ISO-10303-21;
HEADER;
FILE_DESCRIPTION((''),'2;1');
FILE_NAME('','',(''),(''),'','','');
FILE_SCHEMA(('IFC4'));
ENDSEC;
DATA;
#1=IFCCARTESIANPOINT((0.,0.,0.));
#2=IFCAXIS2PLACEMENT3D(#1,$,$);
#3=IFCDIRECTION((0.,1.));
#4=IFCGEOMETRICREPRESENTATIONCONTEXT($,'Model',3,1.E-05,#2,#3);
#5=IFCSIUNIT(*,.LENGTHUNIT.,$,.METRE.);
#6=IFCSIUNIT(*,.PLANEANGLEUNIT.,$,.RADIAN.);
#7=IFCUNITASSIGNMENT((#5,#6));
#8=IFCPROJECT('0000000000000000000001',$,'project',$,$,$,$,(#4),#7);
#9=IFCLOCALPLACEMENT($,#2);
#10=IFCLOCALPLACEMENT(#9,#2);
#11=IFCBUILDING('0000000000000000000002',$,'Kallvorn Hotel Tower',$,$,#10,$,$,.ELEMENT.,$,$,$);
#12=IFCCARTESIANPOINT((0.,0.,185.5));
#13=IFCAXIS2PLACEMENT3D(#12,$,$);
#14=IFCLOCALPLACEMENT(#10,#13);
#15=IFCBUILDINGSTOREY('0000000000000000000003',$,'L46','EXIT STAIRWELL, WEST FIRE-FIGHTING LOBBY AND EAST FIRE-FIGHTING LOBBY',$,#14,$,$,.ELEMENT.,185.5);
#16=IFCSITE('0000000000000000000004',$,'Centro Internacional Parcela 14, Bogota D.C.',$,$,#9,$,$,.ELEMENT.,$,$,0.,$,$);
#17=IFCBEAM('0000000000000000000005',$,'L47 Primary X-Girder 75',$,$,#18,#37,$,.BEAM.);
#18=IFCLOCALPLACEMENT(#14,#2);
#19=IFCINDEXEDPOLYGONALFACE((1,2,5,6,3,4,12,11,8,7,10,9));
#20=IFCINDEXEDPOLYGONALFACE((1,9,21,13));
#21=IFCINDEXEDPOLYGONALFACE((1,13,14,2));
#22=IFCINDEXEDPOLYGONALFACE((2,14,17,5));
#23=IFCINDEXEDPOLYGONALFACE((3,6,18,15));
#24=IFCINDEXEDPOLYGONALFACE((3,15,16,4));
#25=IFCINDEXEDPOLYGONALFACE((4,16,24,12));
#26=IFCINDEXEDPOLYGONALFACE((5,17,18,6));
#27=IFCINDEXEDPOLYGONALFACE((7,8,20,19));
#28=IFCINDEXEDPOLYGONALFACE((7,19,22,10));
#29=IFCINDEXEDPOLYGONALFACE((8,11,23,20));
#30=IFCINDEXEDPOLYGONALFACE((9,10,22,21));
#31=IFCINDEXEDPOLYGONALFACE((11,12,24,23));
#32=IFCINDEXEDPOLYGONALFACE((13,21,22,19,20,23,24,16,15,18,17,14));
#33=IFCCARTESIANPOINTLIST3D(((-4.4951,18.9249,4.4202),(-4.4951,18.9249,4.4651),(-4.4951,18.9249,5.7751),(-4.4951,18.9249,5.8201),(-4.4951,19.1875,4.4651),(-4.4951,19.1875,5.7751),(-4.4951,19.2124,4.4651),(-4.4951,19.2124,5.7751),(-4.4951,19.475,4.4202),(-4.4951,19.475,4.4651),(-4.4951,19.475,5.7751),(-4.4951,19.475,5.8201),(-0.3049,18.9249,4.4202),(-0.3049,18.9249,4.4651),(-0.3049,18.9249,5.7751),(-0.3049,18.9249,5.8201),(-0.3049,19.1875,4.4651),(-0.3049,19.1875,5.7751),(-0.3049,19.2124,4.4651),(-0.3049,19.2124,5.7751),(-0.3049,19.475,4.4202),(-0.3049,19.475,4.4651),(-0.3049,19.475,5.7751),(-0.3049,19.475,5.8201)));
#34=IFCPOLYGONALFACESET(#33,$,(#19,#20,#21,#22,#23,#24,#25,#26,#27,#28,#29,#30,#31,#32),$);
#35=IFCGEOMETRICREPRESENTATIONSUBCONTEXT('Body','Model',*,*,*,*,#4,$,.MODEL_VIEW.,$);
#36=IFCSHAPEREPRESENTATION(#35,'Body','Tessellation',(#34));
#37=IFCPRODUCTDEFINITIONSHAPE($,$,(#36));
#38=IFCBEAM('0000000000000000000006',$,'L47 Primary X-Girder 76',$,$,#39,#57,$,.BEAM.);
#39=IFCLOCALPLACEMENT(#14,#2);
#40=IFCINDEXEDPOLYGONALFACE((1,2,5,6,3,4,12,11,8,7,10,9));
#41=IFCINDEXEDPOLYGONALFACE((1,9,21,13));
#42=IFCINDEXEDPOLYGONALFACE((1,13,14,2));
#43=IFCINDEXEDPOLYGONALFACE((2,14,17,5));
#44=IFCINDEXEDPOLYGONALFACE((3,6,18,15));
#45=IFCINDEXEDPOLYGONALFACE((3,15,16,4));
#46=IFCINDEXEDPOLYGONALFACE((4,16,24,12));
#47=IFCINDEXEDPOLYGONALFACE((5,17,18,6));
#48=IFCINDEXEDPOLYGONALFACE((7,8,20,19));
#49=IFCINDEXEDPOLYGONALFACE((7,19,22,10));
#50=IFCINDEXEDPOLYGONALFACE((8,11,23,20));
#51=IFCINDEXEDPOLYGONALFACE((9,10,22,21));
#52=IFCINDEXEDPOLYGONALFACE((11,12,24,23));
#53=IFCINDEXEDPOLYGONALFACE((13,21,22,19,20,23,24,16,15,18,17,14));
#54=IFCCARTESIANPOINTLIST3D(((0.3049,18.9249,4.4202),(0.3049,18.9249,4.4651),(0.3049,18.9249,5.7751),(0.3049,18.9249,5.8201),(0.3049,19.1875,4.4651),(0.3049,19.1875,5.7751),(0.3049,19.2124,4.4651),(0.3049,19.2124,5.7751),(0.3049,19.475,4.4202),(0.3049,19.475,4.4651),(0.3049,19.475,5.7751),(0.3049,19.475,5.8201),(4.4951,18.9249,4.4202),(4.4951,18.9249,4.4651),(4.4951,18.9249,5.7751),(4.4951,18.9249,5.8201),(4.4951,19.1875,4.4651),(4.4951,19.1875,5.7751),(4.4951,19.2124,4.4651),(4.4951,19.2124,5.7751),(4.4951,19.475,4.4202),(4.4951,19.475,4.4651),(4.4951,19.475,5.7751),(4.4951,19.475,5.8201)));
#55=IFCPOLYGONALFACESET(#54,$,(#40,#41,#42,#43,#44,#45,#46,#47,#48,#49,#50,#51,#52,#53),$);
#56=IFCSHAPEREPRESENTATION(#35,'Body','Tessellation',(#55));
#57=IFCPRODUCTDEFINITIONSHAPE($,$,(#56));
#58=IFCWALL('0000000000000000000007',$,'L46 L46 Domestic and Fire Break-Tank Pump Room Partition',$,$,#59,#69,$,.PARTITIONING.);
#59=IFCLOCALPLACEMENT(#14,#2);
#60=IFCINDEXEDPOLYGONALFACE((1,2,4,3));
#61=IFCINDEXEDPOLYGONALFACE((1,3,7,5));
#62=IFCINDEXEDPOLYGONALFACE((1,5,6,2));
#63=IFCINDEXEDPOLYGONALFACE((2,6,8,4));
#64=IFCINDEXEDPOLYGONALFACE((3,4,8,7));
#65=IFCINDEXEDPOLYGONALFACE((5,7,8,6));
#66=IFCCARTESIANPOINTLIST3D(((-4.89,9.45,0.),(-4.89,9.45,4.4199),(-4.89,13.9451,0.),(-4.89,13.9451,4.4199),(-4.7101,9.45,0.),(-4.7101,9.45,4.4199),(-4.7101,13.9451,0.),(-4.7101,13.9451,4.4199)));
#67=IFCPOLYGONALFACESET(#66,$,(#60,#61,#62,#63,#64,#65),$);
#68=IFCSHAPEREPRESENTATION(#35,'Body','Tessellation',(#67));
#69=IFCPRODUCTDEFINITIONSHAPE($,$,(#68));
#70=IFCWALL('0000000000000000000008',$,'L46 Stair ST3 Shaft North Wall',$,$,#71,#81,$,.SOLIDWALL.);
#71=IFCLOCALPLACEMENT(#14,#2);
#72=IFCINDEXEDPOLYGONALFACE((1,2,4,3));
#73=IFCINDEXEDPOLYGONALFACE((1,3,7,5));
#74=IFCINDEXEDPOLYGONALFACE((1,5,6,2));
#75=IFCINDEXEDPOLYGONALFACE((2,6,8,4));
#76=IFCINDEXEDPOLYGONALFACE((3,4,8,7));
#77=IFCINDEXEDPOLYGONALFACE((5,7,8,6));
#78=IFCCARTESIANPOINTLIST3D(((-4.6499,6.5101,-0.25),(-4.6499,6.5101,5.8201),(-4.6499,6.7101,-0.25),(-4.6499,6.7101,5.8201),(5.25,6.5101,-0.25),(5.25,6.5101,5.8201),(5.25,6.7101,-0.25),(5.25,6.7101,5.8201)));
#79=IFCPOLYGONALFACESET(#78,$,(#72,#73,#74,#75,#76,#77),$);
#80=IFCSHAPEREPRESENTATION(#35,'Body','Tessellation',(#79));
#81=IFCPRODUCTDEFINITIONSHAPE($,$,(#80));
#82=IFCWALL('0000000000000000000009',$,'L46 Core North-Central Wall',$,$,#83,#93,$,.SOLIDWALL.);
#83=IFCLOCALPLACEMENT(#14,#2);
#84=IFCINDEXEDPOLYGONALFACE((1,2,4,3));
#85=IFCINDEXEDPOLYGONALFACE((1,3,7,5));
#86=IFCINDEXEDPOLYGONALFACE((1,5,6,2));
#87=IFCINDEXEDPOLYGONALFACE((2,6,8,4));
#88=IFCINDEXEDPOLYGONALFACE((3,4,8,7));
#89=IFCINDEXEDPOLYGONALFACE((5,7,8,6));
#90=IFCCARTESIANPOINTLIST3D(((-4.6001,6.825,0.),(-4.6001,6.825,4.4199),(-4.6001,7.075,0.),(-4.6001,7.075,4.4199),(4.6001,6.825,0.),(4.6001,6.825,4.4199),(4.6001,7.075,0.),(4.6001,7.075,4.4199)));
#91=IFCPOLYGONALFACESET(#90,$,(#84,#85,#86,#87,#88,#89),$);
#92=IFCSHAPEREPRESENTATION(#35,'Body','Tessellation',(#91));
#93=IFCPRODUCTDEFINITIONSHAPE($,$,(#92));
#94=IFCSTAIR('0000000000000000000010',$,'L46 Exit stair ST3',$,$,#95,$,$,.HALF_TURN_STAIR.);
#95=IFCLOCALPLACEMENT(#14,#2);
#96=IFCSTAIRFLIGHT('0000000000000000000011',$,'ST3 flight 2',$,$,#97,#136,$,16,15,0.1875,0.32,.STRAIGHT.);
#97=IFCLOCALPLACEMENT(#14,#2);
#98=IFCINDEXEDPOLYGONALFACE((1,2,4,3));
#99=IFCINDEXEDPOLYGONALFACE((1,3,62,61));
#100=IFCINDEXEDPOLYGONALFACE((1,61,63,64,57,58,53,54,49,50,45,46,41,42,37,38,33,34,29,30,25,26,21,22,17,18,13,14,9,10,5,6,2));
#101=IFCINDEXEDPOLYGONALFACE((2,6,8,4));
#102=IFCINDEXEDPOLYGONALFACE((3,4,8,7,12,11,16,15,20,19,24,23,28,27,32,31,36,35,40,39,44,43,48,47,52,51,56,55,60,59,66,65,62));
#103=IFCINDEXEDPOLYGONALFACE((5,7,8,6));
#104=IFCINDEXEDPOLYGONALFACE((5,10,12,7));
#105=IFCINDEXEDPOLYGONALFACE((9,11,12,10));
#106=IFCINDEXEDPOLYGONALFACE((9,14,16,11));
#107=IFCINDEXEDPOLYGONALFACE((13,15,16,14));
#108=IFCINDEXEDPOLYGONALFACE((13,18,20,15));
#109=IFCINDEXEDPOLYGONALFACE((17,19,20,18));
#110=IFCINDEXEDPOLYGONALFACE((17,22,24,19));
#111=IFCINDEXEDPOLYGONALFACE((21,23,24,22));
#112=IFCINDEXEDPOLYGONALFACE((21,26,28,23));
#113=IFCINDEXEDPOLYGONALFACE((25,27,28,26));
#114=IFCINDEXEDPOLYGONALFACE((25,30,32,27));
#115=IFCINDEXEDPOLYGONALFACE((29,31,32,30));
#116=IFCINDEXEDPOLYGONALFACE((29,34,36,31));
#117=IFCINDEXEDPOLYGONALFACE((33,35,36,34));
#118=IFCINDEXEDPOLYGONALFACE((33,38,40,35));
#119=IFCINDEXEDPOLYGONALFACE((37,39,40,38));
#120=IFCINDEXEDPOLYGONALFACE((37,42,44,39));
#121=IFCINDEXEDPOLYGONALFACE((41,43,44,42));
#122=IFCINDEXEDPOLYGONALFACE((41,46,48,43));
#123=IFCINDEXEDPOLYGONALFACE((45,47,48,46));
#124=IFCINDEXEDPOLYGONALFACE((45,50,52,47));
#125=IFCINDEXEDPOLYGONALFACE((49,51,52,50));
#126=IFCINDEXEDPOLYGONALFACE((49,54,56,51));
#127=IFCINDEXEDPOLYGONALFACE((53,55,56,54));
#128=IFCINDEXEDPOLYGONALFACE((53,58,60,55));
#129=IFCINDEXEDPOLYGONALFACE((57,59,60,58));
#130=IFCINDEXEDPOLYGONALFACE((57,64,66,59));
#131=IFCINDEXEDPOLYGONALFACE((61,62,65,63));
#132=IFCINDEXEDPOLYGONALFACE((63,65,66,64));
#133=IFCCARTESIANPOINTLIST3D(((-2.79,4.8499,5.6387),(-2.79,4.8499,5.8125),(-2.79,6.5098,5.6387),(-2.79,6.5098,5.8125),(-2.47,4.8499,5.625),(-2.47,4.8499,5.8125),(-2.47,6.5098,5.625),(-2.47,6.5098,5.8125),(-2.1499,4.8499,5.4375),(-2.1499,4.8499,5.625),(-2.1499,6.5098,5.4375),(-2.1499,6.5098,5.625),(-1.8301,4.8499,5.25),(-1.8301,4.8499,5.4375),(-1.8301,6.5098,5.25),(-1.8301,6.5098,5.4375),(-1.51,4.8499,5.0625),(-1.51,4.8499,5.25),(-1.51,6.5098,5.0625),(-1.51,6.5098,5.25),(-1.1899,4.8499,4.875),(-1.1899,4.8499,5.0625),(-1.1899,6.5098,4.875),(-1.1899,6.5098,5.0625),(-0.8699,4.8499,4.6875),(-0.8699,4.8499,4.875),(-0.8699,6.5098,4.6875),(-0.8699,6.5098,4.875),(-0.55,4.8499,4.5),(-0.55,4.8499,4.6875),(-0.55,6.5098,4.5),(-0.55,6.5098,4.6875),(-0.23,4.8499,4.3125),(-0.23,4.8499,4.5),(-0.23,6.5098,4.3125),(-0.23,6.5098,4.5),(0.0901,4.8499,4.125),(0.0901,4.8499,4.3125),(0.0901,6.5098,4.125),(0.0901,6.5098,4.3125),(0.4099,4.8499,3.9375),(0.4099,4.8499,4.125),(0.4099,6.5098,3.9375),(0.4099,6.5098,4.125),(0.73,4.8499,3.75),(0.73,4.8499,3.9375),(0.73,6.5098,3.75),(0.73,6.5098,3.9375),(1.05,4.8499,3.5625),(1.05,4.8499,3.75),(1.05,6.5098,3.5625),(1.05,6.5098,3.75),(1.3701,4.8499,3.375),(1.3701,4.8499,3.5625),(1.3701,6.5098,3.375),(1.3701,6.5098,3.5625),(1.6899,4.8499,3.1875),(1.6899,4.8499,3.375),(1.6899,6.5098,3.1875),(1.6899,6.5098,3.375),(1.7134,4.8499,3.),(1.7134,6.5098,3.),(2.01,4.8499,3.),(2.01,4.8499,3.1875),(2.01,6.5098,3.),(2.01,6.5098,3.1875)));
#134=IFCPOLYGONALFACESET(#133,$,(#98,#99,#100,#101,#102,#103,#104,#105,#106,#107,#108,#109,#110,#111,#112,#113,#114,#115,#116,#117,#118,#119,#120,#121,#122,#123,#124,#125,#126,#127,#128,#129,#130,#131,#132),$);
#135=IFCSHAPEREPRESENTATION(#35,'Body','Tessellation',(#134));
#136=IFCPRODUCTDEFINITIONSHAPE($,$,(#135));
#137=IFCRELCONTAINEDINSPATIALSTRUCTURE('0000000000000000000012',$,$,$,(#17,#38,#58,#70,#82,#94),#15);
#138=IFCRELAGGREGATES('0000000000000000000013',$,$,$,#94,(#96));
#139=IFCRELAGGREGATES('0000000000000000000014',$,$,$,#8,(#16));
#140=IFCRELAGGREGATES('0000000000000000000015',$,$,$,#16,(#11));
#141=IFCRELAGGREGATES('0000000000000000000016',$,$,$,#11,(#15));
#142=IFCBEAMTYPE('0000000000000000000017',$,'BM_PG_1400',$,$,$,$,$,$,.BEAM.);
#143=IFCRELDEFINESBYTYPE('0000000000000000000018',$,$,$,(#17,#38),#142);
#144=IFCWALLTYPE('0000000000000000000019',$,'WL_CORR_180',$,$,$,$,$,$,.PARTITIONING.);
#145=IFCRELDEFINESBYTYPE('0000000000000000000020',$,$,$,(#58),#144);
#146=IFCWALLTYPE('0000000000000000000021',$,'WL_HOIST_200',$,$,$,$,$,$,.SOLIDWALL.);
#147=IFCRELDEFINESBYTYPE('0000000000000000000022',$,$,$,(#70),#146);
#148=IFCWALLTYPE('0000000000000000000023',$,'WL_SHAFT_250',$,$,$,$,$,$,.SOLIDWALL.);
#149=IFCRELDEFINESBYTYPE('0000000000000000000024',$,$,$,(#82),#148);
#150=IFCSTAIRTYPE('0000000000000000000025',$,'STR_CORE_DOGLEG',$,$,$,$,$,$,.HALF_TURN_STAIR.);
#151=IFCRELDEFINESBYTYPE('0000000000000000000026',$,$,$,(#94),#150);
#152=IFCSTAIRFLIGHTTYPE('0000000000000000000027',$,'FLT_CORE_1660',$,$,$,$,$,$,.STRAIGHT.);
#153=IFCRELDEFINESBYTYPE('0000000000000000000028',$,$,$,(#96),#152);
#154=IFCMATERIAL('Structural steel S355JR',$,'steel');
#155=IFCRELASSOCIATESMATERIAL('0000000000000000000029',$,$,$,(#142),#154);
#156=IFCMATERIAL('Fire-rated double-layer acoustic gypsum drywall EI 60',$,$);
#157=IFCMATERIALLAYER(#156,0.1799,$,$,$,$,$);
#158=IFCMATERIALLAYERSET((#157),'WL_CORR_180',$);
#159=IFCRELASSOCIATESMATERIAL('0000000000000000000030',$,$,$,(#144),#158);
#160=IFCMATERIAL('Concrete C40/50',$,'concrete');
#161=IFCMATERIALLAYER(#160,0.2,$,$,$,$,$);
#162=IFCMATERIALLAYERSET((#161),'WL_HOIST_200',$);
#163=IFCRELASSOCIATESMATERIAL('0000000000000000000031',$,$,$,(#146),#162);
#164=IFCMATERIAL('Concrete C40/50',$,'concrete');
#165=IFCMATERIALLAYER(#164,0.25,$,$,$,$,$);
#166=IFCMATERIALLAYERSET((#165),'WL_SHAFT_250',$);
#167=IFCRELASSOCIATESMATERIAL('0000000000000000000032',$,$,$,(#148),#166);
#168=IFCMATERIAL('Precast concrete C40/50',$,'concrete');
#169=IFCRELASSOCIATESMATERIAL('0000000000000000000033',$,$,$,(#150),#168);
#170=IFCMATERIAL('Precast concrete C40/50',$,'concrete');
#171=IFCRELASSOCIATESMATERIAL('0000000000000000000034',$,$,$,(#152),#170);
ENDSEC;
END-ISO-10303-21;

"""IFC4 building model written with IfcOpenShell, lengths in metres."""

from ifc_helpers import new_model, si_unit, direction, frame, frame_2d, origin, origin_2d, place, context, subcontext, project, spatial, polyline, rectangle, i_section, outline, extrude, material, layer, layer_set, material_profile, profile_set, type_object, element, aggregate, save


model = new_model("IFC4")

# Units and contexts
model_context = context("Model", 3, precision=1e-05, world=origin(), true_north=direction((0.0, 1.0)))
body_context = subcontext(model_context, "Body", "Model", "MODEL_VIEW")
ifc_project = project(units=[si_unit("LENGTHUNIT", "METRE"), si_unit("PLANEANGLEUNIT", "RADIAN")], contexts=[model_context])

# Site, building, storey
site_placement = place(None, origin())
site = spatial("IfcSite", under=ifc_project, at=site_placement, Name="Centro Internacional Parcela 14, Bogota D.C.", CompositionType="ELEMENT", RefElevation=0.0)
building_placement = place(site_placement, origin())
building = spatial("IfcBuilding", under=site, at=building_placement, Name="Kallvorn Hotel Tower", CompositionType="ELEMENT")
storey_placement = place(building_placement, frame((0.0, 0.0, 185.5)))
storey = spatial("IfcBuildingStorey", under=building, at=storey_placement, Name="L46", Description="EXIT STAIRWELL, WEST FIRE-FIGHTING LOBBY AND EAST FIRE-FIGHTING LOBBY", CompositionType="ELEMENT", Elevation=185.5)

# Beams
ifc_material_1 = material(Name="Structural steel S355JR", Category="steel")
ifc_material_profile_1 = material_profile(ifc_material_1, i_section(OverallWidth=0.55, OverallDepth=1.3999, WebThickness=0.0249, FlangeThickness=0.0449, at=origin_2d()), Name="PG 1400x550x25x45")
ifc_profile_set_1 = profile_set([ifc_material_profile_1], Name="Structural steel S355JR")
beam_type_1 = type_object("IfcBeamType", Name="BM_PG_1400", PredefinedType="BEAM", material=ifc_profile_set_1)
for number, where, z_axis, x_axis, name in (
    (1, (-4.4951, 19.2, 5.1201), (1.0, 0.0, 0.0), (0.0, 1.0, 0.0), "L47 Primary X-Girder 75"),
    (2, (0.3049, 19.2, 5.1201), (1.0, 0.0, 0.0), (0.0, 1.0, 0.0), "L47 Primary X-Girder 76"),
):
    element("IfcBeam", number, at=place(storey_placement, frame(where, z_axis=z_axis, x_axis=x_axis)), inside=storey, type_object=beam_type_1, Name=name, PredefinedType="BEAM", context=body_context, shape_type="SweptSolid", body=[
        extrude(i_section(OverallWidth=0.55, OverallDepth=1.3999, WebThickness=0.0249, FlangeThickness=0.0449, at=origin_2d()), origin(), (0.0, 0.0, 1.0), 4.1902),
    ])

# Walls
ifc_material_2 = material(Name="Fire-rated double-layer acoustic gypsum drywall EI 60")
ifc_layer_1 = layer(ifc_material_2, 0.1799)
ifc_layer_set_1 = layer_set([ifc_layer_1], Name="WL_CORR_180")
wall_type_1 = type_object("IfcWallType", Name="WL_CORR_180", PredefinedType="PARTITIONING", material=ifc_layer_set_1)
wall_1_placement = place(storey_placement, frame((-4.8, 9.45, 0.0), z_axis=(0.0, 0.0, 1.0), x_axis=(0.0, 1.0, 0.0)))
element("IfcWall", 3, at=wall_1_placement, inside=storey, type_object=wall_type_1, Name="L46 L46 Domestic and Fire Break-Tank Pump Room Partition", PredefinedType="PARTITIONING", context=body_context, shape_type="SweptSolid", body=[
    extrude(rectangle(XDim=4.4951, YDim=0.1799, at=frame_2d((2.2476, 0.0))), origin(), (0.0, 0.0, 1.0), 4.4199),
])
ifc_material_3 = material(Name="Concrete C40/50", Category="concrete")
ifc_layer_2 = layer(ifc_material_3, 0.2)
ifc_layer_set_2 = layer_set([ifc_layer_2], Name="WL_HOIST_200")
wall_type_2 = type_object("IfcWallType", Name="WL_HOIST_200", PredefinedType="SOLIDWALL", material=ifc_layer_set_2)
wall_2_placement = place(storey_placement, frame((-4.6499, 6.6101, -0.25), z_axis=(0.0, 0.0, 1.0), x_axis=(1.0, 0.0, 0.0)))
element("IfcWall", 4, at=wall_2_placement, inside=storey, type_object=wall_type_2, Name="L46 Stair ST3 Shaft North Wall", PredefinedType="SOLIDWALL", context=body_context, shape_type="SweptSolid", body=[
    extrude(rectangle(XDim=9.8999, YDim=0.2, at=frame_2d((4.95, 0.0))), origin(), (0.0, 0.0, 1.0), 6.0701),
])
ifc_material_4 = material(Name="Concrete C40/50", Category="concrete")
ifc_layer_3 = layer(ifc_material_4, 0.25)
ifc_layer_set_3 = layer_set([ifc_layer_3], Name="WL_SHAFT_250")
wall_type_3 = type_object("IfcWallType", Name="WL_SHAFT_250", PredefinedType="SOLIDWALL", material=ifc_layer_set_3)
wall_3_placement = place(storey_placement, frame((-4.6001, 6.95, 0.0), z_axis=(0.0, 0.0, 1.0), x_axis=(1.0, 0.0, 0.0)))
element("IfcWall", 5, at=wall_3_placement, inside=storey, type_object=wall_type_3, Name="L46 Core North-Central Wall", PredefinedType="SOLIDWALL", context=body_context, shape_type="SweptSolid", body=[
    extrude(rectangle(XDim=9.2002, YDim=0.25, at=frame_2d((4.6001, 0.0))), origin(), (0.0, 0.0, 1.0), 4.4199),
])

# Stair, stair flight
ifc_material_5 = material(Name="Precast concrete C40/50", Category="concrete")
stair_type = type_object("IfcStairType", Name="STR_CORE_DOGLEG", PredefinedType="HALF_TURN_STAIR", material=ifc_material_5)
stair_placement = place(storey_placement, origin())
stair = element("IfcStair", 6, at=stair_placement, inside=storey, type_object=stair_type, Name="L46 Exit stair ST3", PredefinedType="HALF_TURN_STAIR")
ifc_material_6 = material(Name="Precast concrete C40/50", Category="concrete")
stair_flight_type = type_object("IfcStairFlightType", Name="FLT_CORE_1660", PredefinedType="STRAIGHT", material=ifc_material_6)
stair_flight_placement = place(storey_placement, frame((2.01, 5.6799, 3.0), z_axis=(0.0, 0.0, 1.0), x_axis=(-1.0, 0.0, 0.0)))
stair_flight = element("IfcStairFlight", 7, at=stair_flight_placement, type_object=stair_flight_type, Name="ST3 flight 2", NumberOfRisers=16, NumberOfTreads=15, PredefinedType="STRAIGHT", RiserHeight=0.1875, TreadLength=0.32, context=body_context, shape_type="SweptSolid", body=[
    extrude(outline(polyline([(0.0, 0.0), (0.0, 0.1875), (0.3201, 0.1875), (0.3201, 0.375), (0.6399, 0.375), (0.6399, 0.5625), (0.96, 0.5625), (0.96, 0.75), (1.28, 0.75), (1.28, 0.9375), (1.6001, 0.9375), (1.6001, 1.125), (1.9199, 1.125), (1.9199, 1.3125), (2.24, 1.3125), (2.24, 1.5), (2.5601, 1.5), (2.5601, 1.6875), (2.8799, 1.6875), (2.8799, 1.875), (3.2, 1.875), (3.2, 2.0625), (3.52, 2.0625), (3.52, 2.25), (3.8401, 2.25), (3.8401, 2.4375), (4.1599, 2.4375), (4.1599, 2.625), (4.48, 2.625), (4.48, 2.8125), (4.8, 2.8125), (4.8, 3.0), (4.8, 2.6387), (0.2966, 0.0), (0.0, 0.0)])), frame((0.0, 0.8301, 0.0), z_axis=(0.0, -1.0, 0.0), x_axis=(1.0, 0.0, 0.0)), (0.0, 0.0, 1.0), 1.6599),
])
aggregate(stair, [stair_flight])

save(model, "model.ifc")
